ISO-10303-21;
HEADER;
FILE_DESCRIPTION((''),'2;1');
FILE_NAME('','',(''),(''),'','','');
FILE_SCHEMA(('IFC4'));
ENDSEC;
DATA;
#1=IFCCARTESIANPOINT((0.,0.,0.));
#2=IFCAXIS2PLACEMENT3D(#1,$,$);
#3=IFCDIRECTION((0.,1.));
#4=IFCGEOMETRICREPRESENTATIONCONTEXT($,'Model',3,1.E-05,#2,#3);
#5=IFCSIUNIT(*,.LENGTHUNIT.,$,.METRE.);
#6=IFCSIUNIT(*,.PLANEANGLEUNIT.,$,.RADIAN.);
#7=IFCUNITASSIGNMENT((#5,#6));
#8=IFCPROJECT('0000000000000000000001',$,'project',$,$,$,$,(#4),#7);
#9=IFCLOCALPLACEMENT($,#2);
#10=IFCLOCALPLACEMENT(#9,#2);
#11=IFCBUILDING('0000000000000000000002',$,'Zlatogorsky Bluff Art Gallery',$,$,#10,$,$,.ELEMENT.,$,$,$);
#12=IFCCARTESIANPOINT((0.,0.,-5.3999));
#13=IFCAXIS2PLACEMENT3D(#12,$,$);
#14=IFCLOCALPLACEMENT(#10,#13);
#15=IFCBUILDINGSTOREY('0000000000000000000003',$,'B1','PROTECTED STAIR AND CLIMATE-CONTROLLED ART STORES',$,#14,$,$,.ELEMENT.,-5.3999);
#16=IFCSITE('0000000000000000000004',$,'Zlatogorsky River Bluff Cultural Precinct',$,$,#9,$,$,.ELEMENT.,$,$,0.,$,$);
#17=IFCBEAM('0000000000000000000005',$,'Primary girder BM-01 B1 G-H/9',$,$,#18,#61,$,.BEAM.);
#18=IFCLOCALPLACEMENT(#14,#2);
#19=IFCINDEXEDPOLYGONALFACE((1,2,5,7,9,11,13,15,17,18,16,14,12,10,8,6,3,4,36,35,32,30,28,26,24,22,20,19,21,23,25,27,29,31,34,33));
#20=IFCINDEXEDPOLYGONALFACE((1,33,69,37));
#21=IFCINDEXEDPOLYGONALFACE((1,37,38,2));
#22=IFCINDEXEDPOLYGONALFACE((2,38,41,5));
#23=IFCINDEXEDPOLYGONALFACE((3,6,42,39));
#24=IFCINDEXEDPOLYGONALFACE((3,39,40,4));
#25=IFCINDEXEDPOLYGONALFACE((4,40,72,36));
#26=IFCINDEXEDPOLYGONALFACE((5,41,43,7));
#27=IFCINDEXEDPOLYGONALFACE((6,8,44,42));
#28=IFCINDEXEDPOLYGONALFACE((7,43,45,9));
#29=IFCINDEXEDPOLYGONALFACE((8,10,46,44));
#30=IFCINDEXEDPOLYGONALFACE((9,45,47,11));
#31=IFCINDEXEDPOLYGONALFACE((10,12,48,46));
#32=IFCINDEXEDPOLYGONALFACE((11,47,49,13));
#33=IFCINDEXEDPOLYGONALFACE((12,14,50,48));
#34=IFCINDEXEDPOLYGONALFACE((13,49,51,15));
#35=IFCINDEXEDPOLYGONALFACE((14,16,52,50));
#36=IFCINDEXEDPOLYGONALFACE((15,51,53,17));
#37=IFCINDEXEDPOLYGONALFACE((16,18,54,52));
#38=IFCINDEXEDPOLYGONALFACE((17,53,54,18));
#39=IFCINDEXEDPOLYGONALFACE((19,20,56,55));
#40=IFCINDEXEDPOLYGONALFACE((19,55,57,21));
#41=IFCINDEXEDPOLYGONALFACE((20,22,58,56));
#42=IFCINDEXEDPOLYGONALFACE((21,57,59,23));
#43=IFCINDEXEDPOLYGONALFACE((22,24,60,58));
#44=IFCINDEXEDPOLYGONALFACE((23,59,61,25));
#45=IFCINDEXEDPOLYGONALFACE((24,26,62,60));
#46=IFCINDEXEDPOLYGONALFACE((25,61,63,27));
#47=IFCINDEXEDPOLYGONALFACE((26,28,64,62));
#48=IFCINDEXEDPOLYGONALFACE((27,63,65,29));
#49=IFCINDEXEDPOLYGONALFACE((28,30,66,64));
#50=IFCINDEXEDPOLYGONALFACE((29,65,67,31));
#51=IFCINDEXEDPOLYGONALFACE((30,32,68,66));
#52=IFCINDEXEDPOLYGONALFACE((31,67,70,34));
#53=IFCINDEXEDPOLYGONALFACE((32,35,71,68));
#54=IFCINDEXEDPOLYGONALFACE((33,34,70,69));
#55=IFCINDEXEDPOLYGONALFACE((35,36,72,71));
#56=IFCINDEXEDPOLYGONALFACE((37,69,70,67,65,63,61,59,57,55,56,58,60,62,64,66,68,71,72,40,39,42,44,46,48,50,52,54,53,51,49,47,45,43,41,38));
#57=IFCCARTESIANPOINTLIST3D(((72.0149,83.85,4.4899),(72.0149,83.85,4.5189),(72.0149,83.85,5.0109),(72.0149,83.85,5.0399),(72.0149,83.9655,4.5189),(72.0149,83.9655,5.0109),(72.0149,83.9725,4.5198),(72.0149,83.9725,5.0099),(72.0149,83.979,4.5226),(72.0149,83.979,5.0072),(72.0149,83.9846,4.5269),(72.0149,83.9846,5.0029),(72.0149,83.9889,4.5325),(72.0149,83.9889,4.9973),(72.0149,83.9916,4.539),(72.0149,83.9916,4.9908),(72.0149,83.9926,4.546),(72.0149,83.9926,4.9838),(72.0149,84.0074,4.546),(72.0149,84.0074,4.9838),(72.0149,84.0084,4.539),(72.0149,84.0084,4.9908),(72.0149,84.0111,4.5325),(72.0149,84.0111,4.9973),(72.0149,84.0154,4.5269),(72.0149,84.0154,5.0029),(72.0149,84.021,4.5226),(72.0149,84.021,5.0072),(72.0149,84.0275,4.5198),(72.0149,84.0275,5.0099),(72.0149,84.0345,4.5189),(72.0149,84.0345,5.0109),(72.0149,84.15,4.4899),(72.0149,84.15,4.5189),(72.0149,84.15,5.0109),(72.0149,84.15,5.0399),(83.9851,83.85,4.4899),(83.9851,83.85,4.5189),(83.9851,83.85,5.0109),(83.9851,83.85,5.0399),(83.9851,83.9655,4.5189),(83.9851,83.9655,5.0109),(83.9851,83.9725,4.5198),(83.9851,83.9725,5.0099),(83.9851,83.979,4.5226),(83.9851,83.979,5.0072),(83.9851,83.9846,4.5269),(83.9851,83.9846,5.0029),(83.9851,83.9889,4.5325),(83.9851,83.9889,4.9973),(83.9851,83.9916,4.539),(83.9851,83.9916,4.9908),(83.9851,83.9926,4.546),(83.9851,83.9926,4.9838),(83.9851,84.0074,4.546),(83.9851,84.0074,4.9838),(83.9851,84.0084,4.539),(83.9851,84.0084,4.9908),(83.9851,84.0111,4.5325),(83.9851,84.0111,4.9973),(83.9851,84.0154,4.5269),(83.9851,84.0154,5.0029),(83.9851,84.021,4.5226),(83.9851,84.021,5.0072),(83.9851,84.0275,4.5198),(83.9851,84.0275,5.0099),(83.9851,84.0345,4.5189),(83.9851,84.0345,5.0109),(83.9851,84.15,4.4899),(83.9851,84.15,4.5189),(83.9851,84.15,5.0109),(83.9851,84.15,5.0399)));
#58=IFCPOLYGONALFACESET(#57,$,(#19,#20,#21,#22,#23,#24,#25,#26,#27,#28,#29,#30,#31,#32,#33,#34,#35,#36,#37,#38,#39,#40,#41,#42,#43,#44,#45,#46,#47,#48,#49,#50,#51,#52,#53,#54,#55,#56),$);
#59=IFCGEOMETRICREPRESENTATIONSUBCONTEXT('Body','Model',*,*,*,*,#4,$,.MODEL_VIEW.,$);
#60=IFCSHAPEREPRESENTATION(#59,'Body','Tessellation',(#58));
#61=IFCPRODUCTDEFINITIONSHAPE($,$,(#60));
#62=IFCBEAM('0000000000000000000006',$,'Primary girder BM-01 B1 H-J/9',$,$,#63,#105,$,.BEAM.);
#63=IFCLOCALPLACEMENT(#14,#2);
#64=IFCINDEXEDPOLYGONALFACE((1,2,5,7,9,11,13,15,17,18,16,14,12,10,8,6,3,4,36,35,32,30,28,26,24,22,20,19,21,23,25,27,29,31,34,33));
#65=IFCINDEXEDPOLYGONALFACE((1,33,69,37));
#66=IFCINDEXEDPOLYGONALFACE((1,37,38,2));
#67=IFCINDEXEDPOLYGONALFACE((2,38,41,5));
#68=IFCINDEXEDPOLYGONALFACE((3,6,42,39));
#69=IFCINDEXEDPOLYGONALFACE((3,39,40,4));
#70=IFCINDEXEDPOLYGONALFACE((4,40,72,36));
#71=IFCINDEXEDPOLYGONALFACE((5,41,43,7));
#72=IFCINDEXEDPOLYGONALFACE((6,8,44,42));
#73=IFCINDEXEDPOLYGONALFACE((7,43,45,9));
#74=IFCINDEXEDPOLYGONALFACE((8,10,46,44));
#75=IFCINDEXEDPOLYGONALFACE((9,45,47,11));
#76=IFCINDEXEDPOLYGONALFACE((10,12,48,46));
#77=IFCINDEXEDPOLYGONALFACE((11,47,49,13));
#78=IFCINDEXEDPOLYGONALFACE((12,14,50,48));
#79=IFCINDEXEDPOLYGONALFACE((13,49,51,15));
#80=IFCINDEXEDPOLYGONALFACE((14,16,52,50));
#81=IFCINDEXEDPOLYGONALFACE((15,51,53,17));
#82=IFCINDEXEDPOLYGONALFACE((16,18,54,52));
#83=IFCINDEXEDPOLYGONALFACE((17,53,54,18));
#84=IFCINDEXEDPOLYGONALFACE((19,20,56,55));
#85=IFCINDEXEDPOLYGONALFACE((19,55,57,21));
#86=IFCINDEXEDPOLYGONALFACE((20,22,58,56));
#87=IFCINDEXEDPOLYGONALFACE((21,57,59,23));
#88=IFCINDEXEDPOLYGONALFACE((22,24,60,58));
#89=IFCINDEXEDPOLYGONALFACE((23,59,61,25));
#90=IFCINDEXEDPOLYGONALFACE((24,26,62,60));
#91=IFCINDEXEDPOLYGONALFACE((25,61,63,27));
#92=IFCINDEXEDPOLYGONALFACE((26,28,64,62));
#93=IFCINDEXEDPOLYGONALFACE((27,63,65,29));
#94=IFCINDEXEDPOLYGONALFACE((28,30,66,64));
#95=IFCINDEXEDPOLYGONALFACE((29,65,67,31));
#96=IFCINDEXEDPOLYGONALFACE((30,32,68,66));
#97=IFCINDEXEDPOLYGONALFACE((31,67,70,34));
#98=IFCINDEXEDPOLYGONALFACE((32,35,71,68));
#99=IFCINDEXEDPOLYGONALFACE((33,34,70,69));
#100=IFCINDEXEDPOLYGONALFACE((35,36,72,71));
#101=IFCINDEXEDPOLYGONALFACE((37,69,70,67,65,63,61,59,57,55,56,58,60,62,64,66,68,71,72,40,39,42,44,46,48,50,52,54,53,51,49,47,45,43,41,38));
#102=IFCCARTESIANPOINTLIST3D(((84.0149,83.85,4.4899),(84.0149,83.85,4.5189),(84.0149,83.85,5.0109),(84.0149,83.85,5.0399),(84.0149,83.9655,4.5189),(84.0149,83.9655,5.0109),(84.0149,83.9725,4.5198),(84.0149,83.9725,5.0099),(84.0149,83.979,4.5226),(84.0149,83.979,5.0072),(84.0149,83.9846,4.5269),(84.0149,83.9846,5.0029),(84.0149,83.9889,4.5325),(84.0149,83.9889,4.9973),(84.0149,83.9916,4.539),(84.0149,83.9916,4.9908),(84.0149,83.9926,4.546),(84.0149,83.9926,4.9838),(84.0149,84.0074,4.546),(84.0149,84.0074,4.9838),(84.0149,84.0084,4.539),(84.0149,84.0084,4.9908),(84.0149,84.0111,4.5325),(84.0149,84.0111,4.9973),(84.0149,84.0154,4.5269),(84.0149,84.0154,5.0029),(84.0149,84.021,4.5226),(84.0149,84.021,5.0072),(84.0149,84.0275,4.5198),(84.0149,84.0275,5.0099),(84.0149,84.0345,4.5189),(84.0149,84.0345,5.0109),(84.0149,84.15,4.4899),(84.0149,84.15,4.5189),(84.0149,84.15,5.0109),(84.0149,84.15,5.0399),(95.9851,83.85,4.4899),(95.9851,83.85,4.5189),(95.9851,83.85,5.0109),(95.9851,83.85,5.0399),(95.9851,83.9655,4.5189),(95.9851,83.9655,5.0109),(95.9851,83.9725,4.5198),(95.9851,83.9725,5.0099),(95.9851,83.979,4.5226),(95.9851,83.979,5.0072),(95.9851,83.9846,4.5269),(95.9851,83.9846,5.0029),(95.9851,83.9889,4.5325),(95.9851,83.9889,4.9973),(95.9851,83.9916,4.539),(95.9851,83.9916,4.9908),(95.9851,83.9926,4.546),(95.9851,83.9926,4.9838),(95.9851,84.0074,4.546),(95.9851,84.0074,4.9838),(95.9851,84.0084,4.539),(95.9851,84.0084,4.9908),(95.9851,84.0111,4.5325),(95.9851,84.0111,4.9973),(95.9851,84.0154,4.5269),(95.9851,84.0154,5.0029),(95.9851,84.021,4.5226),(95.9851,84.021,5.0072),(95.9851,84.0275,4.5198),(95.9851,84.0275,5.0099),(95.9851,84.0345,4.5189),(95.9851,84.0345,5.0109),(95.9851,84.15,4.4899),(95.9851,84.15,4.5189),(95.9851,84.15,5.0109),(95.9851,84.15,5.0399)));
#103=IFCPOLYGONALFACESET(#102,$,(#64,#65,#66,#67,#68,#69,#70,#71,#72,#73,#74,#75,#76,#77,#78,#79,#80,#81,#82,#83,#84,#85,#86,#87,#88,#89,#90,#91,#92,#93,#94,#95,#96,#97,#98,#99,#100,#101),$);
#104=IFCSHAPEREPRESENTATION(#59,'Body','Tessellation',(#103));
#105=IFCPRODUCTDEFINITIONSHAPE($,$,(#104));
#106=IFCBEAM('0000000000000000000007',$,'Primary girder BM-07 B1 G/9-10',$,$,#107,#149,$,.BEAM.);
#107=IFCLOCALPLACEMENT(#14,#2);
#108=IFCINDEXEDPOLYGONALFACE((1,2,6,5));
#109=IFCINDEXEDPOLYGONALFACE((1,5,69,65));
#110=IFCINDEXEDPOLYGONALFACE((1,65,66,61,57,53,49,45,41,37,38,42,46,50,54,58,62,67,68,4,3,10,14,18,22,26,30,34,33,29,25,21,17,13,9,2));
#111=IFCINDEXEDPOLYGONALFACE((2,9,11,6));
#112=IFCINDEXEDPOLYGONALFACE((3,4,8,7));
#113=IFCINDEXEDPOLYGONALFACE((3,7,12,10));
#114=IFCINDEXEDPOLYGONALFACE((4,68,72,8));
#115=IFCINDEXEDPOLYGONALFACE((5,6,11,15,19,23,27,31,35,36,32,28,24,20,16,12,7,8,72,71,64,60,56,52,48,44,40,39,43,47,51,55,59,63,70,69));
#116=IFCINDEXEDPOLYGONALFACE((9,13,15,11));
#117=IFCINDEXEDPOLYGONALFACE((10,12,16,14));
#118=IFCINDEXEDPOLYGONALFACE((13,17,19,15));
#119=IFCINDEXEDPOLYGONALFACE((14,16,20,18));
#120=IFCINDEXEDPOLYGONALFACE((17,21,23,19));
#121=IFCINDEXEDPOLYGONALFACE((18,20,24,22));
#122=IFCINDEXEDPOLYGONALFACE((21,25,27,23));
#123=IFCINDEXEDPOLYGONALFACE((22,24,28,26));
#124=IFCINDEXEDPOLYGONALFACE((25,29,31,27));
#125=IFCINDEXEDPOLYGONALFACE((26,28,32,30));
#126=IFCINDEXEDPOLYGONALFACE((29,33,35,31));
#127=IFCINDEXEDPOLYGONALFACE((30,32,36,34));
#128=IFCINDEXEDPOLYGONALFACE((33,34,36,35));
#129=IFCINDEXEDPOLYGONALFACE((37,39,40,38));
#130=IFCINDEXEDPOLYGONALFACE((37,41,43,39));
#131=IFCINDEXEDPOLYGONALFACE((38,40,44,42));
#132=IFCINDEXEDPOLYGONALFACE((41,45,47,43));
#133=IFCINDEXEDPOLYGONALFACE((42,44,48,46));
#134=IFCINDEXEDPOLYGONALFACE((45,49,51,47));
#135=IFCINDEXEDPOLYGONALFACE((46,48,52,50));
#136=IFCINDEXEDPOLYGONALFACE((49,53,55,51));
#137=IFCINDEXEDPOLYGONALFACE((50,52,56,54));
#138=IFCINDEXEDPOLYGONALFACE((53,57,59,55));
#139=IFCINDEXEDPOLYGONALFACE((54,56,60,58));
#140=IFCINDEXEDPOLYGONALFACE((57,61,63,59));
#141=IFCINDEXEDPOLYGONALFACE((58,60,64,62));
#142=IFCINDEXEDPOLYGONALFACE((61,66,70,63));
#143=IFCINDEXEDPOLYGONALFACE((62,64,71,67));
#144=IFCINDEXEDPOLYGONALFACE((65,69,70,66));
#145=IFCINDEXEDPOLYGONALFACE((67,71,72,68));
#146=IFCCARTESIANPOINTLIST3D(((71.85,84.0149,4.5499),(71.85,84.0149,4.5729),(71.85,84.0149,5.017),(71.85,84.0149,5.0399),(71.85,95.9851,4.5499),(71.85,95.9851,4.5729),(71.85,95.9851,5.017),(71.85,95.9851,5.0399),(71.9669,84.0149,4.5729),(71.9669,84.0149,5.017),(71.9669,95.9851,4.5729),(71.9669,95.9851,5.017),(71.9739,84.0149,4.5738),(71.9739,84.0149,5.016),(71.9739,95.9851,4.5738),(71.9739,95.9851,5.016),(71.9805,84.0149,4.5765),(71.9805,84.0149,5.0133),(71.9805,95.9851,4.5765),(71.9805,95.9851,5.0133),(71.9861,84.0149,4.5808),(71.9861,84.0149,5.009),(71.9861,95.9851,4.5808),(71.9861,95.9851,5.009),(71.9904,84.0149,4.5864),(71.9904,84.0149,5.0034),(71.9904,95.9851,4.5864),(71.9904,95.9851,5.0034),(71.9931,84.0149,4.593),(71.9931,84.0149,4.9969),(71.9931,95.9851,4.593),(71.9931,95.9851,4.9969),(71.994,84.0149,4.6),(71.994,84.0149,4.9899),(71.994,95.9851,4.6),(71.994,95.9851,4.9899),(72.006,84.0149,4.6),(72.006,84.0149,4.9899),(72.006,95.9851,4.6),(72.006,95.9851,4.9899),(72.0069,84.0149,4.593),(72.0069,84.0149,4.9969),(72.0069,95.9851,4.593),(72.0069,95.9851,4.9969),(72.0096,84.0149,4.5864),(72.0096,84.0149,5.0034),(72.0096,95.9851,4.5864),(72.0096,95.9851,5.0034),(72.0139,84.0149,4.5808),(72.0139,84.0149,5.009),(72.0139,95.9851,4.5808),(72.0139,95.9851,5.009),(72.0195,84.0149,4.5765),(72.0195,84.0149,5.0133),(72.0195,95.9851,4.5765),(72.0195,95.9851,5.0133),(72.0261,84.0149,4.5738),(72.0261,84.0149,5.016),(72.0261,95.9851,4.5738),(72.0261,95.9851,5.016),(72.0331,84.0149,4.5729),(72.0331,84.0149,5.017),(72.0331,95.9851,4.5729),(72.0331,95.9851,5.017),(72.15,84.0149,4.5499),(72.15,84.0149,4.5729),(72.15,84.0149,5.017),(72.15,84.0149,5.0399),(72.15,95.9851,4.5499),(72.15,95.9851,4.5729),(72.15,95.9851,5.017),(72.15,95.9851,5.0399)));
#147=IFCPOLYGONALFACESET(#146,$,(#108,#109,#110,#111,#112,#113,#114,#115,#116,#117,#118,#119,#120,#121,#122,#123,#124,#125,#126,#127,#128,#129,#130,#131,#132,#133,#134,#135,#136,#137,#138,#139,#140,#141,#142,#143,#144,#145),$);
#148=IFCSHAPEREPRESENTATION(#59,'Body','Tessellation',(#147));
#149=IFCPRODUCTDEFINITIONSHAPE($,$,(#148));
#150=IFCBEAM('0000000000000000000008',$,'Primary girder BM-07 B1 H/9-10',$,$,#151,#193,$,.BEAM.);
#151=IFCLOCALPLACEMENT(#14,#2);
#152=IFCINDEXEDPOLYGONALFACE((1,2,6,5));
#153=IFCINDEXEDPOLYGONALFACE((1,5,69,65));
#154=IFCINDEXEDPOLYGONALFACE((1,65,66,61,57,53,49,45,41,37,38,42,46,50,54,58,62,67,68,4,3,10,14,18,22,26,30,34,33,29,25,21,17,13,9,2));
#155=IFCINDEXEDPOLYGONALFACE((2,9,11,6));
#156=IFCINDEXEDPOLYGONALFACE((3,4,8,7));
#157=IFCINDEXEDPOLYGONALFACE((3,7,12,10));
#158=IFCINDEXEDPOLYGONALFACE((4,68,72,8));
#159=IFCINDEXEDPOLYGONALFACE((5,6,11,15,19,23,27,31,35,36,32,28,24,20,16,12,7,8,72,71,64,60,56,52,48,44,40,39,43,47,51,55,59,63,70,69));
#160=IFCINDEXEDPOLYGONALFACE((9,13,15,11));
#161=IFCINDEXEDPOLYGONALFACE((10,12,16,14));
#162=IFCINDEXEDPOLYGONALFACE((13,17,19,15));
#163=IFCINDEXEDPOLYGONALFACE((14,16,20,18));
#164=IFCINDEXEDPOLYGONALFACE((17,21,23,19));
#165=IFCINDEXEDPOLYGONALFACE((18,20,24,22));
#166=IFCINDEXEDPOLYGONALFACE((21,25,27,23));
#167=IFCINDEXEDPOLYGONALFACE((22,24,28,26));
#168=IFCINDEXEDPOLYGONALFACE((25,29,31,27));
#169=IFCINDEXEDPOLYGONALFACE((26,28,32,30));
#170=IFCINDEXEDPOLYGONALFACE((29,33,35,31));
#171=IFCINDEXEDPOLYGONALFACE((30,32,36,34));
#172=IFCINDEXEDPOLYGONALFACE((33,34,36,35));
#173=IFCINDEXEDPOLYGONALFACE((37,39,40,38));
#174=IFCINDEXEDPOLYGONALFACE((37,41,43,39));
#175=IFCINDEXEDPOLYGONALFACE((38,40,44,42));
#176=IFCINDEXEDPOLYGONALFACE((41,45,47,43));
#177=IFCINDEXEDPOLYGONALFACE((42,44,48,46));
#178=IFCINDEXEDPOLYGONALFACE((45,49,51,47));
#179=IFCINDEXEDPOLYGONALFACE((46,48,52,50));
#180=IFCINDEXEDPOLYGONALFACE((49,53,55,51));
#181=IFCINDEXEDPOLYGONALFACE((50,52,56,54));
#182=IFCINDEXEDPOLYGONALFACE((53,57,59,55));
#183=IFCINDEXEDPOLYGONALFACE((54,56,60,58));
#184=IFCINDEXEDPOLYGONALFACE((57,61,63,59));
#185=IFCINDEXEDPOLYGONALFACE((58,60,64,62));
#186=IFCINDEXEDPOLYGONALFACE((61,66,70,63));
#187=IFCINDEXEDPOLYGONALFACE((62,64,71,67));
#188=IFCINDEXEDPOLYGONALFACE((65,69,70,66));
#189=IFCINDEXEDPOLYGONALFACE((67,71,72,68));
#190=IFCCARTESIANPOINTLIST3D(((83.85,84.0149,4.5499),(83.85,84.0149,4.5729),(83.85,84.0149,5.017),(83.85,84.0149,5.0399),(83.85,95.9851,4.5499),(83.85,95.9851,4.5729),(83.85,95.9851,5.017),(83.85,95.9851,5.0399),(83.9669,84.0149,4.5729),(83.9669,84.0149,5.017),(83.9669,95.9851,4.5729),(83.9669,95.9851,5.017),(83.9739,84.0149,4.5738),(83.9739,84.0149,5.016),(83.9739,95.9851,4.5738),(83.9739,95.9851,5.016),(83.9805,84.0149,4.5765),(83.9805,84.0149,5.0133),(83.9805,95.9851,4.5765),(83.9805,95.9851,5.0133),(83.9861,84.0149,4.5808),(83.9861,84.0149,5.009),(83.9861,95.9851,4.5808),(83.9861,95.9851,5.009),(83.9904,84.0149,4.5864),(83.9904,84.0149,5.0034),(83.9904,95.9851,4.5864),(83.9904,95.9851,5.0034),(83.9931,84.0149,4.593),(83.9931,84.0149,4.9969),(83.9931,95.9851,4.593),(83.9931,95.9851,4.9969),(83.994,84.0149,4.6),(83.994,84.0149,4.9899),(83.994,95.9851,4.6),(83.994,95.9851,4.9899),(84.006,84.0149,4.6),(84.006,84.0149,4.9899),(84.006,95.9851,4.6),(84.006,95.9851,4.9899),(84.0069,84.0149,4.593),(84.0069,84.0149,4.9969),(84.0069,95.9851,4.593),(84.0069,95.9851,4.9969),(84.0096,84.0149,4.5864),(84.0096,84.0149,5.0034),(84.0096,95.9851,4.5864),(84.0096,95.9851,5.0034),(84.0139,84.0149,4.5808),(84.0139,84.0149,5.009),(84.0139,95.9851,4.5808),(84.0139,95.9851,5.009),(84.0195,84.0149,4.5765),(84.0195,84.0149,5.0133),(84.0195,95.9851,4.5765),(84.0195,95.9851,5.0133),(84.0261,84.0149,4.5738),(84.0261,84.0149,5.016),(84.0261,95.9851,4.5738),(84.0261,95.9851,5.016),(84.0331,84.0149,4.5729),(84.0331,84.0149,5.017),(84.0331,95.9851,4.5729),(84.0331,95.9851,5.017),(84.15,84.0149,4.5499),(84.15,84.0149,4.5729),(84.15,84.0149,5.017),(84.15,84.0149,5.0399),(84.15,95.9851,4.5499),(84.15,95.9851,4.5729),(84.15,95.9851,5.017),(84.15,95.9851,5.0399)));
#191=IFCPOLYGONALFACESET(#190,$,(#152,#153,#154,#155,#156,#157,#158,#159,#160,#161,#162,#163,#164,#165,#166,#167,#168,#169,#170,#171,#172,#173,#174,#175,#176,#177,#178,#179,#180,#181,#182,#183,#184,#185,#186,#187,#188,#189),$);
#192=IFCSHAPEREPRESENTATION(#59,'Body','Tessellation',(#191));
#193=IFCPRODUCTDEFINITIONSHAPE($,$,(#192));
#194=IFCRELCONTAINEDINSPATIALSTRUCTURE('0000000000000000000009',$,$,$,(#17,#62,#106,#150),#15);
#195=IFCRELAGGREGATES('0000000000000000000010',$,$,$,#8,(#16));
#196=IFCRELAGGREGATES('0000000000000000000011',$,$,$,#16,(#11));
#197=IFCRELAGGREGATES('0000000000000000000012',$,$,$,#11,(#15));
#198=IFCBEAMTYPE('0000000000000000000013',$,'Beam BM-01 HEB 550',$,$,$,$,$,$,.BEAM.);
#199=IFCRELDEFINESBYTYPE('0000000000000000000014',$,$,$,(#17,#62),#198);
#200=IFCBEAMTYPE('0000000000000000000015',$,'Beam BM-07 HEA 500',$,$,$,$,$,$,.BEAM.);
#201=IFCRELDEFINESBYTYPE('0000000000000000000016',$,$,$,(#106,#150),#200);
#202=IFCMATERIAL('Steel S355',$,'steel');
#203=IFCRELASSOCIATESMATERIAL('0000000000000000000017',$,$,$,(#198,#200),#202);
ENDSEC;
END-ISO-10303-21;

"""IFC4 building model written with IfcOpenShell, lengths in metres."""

from ifc_helpers import new_model, si_unit, direction, frame, origin, origin_2d, place, context, subcontext, project, spatial, i_section, extrude, material, material_profile, profile_set, type_object, element, save


model = new_model("IFC4")

# Units and contexts
model_context = context("Model", 3, precision=1e-05, world=origin(), true_north=direction((0.0, 1.0)))
body_context = subcontext(model_context, "Body", "Model", "MODEL_VIEW")
ifc_project = project(units=[si_unit("LENGTHUNIT", "METRE"), si_unit("PLANEANGLEUNIT", "RADIAN")], contexts=[model_context])

# Site, building, storey
site_placement = place(None, origin())
site = spatial("IfcSite", under=ifc_project, at=site_placement, Name="Zlatogorsky River Bluff Cultural Precinct", CompositionType="ELEMENT", RefElevation=0.0)
building_placement = place(site_placement, origin())
building = spatial("IfcBuilding", under=site, at=building_placement, Name="Zlatogorsky Bluff Art Gallery", CompositionType="ELEMENT")
storey_placement = place(building_placement, frame((0.0, 0.0, -5.3999)))
storey = spatial("IfcBuildingStorey", under=building, at=storey_placement, Name="B1", Description="PROTECTED STAIR AND CLIMATE-CONTROLLED ART STORES", CompositionType="ELEMENT", Elevation=-5.3999)

# Shared definitions
ifc_material_1 = material(Name="Steel S355", Category="steel")

# Beams
ifc_material_profile_1 = material_profile(ifc_material_1, i_section(OverallWidth=0.3, OverallDepth=0.55, WebThickness=0.0149, FlangeThickness=0.0291, FilletRadius=0.0271, at=origin_2d()), Name="HEB 550")
ifc_profile_set_1 = profile_set([ifc_material_profile_1], Name="Steel S355")
beam_type_1 = type_object("IfcBeamType", Name="Beam BM-01 HEB 550", PredefinedType="BEAM", material=ifc_profile_set_1)
for number, where, z_axis, x_axis, name in (
    (1, (72.0149, 84.0, 4.7649), (1.0, 0.0, 0.0), (0.0, 1.0, 0.0), "Primary girder BM-01 B1 G-H/9"),
    (2, (84.0149, 84.0, 4.7649), (1.0, 0.0, 0.0), (0.0, 1.0, 0.0), "Primary girder BM-01 B1 H-J/9"),
):
    element("IfcBeam", number, at=place(storey_placement, frame(where, z_axis=z_axis, x_axis=x_axis)), inside=storey, type_object=beam_type_1, Name=name, PredefinedType="BEAM", context=body_context, shape_type="SweptSolid", body=[
        extrude(i_section(OverallWidth=0.3, OverallDepth=0.55, WebThickness=0.0149, FlangeThickness=0.0291, FilletRadius=0.0271, at=origin_2d()), origin(), (0.0, 0.0, 1.0), 11.9702),
    ])
ifc_material_profile_2 = material_profile(ifc_material_1, i_section(OverallWidth=0.3, OverallDepth=0.49, WebThickness=0.012, FlangeThickness=0.0229, FilletRadius=0.0271, at=origin_2d()), Name="HEA 500")
ifc_profile_set_2 = profile_set([ifc_material_profile_2], Name="Steel S355")
beam_type_2 = type_object("IfcBeamType", Name="Beam BM-07 HEA 500", PredefinedType="BEAM", material=ifc_profile_set_2)
for number, where, z_axis, x_axis, name in (
    (3, (72.0, 84.0149, 4.7949), (0.0, 1.0, 0.0), (-1.0, 0.0, 0.0), "Primary girder BM-07 B1 G/9-10"),
    (4, (84.0, 84.0149, 4.7949), (0.0, 1.0, 0.0), (-1.0, 0.0, 0.0), "Primary girder BM-07 B1 H/9-10"),
):
    element("IfcBeam", number, at=place(storey_placement, frame(where, z_axis=z_axis, x_axis=x_axis)), inside=storey, type_object=beam_type_2, Name=name, PredefinedType="BEAM", context=body_context, shape_type="SweptSolid", body=[
        extrude(i_section(OverallWidth=0.3, OverallDepth=0.49, WebThickness=0.012, FlangeThickness=0.0229, FilletRadius=0.0271, at=origin_2d()), origin(), (0.0, 0.0, 1.0), 11.9702),
    ])

save(model, "model.ifc")
